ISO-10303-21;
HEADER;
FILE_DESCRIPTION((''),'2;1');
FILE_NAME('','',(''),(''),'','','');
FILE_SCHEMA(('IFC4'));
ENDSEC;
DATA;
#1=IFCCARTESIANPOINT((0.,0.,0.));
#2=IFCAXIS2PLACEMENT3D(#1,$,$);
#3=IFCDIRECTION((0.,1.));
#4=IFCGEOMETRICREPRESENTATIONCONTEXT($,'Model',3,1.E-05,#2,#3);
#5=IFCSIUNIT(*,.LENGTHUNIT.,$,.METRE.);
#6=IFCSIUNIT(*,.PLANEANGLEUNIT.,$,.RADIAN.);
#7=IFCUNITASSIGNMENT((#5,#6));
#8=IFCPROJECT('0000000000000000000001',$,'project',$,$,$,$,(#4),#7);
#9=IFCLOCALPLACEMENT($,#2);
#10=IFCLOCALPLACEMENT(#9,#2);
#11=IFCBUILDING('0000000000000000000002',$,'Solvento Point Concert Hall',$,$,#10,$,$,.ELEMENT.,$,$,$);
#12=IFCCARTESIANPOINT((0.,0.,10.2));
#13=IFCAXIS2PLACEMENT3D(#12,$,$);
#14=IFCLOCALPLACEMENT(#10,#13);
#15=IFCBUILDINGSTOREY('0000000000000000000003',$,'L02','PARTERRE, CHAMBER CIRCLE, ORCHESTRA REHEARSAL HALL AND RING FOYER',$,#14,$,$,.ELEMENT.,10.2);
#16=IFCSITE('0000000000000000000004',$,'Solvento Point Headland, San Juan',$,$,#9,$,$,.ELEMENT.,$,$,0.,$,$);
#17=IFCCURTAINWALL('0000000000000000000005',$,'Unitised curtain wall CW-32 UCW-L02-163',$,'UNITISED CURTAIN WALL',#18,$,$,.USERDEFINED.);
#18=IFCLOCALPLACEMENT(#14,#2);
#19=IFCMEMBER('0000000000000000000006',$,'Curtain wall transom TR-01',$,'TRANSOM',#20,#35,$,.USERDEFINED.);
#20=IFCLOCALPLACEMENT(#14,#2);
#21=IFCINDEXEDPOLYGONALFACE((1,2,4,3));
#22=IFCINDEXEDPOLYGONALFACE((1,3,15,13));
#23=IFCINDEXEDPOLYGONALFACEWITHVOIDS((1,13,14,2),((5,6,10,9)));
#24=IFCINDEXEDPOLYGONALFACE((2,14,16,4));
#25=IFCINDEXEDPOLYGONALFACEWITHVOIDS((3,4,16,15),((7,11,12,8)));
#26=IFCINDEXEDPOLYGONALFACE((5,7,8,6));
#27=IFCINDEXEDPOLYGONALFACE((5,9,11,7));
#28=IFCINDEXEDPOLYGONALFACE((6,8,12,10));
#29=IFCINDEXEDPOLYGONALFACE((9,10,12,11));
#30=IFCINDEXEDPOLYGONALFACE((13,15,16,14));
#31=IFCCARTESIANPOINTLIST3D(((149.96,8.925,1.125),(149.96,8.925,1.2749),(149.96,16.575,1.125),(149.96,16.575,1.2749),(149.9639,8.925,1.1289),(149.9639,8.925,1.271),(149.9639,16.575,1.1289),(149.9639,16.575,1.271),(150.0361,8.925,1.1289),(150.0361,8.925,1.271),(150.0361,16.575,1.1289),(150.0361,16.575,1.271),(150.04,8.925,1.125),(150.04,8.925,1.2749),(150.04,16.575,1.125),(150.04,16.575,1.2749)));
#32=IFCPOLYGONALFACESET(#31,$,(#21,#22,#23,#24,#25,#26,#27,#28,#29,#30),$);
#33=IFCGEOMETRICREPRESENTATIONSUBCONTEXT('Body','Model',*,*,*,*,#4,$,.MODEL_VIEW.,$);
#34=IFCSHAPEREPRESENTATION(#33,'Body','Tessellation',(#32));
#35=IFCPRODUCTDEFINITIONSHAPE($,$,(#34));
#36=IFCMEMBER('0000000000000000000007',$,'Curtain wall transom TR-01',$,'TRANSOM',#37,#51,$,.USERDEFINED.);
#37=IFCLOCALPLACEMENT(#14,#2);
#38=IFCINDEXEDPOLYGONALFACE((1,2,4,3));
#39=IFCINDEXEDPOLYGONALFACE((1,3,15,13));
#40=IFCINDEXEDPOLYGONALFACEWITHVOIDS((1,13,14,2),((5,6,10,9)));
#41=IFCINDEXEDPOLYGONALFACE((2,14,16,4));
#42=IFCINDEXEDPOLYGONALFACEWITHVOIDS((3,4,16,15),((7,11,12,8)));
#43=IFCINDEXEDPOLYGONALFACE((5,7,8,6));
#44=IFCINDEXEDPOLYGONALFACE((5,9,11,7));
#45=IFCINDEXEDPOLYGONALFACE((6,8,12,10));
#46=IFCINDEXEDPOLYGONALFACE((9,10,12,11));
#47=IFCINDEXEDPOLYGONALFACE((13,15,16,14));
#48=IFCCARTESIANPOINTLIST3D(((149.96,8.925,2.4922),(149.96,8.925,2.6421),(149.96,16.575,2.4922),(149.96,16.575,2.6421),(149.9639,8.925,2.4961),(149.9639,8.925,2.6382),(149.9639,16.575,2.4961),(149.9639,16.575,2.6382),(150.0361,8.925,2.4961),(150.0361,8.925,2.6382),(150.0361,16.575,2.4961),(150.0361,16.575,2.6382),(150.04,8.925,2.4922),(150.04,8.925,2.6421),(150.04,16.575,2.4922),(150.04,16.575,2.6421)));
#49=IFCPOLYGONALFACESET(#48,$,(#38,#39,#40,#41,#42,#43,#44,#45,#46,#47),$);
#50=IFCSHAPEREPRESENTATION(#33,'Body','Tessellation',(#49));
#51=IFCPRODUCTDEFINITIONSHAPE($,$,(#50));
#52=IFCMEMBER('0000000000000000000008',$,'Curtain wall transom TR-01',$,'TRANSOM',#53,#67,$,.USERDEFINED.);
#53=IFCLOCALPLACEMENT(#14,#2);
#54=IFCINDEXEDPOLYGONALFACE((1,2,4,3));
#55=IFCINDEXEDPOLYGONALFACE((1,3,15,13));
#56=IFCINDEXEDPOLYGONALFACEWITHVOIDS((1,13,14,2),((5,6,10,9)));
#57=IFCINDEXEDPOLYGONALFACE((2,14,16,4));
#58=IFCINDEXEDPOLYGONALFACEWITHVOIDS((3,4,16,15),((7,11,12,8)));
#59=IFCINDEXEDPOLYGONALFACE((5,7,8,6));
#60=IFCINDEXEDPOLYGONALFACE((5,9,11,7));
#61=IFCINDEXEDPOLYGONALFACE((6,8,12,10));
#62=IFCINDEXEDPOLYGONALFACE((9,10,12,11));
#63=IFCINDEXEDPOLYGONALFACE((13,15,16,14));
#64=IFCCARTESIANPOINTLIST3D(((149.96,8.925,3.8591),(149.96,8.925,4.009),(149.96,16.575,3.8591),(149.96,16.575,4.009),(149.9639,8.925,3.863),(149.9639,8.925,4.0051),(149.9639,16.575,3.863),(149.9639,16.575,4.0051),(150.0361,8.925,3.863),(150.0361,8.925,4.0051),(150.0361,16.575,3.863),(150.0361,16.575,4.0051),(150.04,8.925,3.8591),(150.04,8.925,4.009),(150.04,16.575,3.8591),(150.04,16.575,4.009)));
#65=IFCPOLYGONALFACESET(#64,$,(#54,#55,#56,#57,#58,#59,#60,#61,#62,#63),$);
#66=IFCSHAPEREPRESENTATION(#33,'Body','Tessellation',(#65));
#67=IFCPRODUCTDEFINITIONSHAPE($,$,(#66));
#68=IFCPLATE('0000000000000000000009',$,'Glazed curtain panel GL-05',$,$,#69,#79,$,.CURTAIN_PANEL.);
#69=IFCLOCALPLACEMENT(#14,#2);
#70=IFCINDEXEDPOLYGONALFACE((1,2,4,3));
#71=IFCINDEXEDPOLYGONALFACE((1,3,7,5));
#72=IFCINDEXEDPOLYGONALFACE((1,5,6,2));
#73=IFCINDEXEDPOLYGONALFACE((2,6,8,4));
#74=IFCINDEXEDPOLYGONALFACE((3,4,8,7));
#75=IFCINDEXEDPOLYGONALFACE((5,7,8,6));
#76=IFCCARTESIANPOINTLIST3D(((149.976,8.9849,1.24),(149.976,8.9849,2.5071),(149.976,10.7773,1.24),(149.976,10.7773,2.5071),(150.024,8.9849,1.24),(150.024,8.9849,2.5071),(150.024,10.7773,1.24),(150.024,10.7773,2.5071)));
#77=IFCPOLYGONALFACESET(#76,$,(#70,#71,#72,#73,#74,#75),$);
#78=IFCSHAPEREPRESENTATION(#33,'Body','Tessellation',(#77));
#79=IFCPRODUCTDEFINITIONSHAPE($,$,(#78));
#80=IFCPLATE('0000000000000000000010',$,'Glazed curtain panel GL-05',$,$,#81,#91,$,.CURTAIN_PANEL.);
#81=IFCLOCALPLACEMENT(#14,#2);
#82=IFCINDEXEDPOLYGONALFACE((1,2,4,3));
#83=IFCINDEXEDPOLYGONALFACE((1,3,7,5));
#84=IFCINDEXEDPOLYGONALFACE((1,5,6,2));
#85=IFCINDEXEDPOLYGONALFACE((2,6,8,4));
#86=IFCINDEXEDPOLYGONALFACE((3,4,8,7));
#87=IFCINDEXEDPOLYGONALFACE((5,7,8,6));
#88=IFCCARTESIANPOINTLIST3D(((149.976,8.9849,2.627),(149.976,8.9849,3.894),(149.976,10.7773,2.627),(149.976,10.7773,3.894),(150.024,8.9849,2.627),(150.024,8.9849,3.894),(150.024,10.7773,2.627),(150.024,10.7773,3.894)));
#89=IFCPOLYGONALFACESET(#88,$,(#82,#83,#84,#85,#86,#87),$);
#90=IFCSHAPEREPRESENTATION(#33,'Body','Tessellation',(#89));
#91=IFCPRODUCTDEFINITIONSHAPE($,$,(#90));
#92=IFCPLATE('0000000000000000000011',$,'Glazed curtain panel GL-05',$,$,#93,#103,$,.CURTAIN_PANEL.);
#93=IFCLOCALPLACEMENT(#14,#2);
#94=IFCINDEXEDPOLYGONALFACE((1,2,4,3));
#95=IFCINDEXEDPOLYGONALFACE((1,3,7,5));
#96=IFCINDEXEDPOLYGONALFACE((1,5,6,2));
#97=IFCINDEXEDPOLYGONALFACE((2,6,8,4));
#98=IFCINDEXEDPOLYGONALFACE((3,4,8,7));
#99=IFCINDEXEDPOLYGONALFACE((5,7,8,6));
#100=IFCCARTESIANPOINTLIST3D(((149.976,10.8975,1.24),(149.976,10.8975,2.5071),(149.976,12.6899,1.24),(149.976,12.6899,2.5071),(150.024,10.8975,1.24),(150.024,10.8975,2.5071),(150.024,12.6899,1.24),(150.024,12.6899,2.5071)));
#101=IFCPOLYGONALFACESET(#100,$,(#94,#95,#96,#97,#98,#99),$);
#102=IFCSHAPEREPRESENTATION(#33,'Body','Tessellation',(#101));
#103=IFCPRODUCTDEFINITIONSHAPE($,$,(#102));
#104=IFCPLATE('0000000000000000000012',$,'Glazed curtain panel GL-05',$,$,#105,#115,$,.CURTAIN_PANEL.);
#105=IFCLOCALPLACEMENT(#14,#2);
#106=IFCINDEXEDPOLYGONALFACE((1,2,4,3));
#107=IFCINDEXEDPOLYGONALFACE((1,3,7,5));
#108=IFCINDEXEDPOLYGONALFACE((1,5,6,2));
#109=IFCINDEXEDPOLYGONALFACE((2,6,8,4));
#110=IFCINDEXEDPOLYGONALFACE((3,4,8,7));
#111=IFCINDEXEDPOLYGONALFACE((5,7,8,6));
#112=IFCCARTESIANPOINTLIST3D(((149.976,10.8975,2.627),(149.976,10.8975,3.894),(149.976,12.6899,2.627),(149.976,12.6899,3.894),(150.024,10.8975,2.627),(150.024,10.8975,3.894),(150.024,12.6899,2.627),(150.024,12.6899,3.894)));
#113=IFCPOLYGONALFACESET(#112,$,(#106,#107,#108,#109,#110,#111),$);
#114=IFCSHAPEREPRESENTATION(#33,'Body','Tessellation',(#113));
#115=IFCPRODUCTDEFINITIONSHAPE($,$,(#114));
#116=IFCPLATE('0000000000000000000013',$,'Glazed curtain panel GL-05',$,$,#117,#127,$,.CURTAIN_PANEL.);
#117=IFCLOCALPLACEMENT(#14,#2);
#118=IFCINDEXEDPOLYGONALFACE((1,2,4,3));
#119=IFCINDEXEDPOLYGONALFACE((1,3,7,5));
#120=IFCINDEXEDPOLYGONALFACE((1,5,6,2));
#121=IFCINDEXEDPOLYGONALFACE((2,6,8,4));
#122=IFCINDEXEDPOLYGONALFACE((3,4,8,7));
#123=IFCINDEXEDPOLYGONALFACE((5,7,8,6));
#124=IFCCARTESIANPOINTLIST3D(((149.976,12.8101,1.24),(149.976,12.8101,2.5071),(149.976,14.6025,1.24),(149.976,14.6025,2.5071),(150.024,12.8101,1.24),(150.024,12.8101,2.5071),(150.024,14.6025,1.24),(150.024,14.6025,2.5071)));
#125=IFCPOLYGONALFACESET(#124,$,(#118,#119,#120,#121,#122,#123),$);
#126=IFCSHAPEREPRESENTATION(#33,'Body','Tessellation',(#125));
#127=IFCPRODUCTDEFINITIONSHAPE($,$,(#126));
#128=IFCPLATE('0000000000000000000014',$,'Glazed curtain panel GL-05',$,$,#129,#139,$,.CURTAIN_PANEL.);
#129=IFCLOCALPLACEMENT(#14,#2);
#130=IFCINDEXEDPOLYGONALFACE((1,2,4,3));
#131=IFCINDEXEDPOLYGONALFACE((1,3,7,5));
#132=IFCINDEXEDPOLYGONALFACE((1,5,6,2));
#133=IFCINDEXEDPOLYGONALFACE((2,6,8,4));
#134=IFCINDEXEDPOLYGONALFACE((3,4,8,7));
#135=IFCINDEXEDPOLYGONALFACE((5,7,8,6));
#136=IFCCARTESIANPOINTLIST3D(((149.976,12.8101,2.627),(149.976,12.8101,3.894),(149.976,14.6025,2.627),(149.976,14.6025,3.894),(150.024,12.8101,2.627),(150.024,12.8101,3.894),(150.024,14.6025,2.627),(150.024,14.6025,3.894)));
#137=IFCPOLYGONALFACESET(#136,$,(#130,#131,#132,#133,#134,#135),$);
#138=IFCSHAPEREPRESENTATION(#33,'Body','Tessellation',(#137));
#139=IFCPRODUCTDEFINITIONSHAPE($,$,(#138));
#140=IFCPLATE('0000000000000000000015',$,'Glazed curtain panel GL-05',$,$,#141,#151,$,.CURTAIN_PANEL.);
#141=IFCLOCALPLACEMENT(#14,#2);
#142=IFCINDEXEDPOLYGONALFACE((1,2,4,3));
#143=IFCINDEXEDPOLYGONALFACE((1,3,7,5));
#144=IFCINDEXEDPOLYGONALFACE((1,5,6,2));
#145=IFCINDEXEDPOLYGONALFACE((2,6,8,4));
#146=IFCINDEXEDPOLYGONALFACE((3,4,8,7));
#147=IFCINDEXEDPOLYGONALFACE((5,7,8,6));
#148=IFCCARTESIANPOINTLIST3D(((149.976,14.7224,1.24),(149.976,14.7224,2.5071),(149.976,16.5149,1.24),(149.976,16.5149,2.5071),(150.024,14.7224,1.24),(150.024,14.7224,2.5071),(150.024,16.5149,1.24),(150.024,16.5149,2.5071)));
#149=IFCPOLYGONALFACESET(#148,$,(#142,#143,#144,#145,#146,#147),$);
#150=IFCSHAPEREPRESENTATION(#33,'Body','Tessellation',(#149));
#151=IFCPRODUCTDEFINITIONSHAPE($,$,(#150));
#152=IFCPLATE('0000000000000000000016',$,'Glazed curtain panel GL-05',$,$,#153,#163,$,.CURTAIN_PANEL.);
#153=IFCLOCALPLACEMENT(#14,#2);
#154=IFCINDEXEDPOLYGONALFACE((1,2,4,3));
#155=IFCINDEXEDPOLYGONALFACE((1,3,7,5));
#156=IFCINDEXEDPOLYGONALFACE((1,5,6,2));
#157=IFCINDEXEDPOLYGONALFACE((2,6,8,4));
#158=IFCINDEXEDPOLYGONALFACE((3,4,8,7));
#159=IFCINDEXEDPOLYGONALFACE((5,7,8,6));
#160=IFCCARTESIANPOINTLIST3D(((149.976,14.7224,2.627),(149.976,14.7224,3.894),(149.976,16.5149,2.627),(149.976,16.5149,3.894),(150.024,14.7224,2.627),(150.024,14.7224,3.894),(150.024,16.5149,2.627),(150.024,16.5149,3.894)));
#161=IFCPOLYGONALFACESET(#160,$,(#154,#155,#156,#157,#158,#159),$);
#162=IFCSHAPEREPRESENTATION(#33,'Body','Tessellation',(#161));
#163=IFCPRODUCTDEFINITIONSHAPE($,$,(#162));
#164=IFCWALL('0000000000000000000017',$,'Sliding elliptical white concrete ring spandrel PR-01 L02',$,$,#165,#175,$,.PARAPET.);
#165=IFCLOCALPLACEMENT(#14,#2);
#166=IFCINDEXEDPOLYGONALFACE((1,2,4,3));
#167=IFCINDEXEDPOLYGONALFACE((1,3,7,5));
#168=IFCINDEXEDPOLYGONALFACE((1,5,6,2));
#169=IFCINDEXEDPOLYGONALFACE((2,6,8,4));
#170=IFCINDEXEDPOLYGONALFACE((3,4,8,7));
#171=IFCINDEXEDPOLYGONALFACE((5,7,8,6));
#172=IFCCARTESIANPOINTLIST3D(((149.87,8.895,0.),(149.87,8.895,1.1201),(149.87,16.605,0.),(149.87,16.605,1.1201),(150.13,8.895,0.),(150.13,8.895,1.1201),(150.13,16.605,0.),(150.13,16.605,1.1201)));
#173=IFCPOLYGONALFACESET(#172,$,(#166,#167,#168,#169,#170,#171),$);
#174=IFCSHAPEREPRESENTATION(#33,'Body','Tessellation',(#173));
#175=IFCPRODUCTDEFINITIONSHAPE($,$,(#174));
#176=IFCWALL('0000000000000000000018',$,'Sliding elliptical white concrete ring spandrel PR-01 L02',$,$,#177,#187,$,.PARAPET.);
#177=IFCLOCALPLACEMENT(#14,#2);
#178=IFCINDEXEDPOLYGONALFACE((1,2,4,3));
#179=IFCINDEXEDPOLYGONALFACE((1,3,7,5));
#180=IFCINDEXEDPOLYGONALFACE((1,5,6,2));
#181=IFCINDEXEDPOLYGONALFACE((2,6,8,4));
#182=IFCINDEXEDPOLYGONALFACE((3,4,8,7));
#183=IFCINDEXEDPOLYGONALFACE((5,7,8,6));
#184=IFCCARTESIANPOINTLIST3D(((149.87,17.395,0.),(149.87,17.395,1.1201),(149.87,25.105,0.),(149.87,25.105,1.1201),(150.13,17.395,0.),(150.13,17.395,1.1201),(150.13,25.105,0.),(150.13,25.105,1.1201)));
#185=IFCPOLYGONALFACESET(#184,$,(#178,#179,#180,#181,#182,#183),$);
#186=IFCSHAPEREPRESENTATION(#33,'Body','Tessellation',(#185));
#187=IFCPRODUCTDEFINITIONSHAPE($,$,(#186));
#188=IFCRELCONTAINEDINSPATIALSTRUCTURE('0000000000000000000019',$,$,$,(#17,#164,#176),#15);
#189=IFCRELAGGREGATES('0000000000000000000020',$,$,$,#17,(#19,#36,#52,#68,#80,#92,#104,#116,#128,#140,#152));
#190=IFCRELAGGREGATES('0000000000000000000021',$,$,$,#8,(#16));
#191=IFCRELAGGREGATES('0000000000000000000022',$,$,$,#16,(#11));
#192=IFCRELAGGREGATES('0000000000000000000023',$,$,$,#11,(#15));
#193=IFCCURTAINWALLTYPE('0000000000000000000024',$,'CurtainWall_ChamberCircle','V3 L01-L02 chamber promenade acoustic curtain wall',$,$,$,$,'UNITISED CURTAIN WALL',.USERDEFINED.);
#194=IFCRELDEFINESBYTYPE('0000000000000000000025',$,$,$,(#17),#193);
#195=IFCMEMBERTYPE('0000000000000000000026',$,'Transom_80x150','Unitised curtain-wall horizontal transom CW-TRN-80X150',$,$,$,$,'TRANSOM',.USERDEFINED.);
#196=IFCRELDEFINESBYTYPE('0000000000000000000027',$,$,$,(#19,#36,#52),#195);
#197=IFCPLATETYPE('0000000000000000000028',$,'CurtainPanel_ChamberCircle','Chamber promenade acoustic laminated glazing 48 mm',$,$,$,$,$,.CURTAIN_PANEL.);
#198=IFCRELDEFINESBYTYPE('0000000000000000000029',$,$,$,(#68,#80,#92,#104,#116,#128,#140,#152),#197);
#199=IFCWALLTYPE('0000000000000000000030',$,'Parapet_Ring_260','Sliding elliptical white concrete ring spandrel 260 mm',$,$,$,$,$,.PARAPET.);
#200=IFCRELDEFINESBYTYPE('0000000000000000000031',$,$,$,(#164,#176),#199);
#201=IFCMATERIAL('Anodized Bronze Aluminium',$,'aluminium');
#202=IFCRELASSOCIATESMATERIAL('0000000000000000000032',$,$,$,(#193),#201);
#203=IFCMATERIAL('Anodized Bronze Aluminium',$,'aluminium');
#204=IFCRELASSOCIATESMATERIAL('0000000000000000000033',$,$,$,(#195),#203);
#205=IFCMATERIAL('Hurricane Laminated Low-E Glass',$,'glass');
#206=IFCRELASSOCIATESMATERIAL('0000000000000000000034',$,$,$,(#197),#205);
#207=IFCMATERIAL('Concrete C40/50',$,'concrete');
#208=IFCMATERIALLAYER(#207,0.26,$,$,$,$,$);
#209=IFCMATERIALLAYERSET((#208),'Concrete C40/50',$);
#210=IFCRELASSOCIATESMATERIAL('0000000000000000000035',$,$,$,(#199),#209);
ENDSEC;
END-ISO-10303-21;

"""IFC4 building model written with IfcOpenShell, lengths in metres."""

from ifc_helpers import new_model, si_unit, direction, frame, frame_2d, origin, origin_2d, place, context, subcontext, project, spatial, rectangle, hollow_rectangle, extrude, material, layer, layer_set, material_profile, profile_set, type_object, element, aggregate, save


model = new_model("IFC4")

# Units and contexts
model_context = context("Model", 3, precision=1e-05, world=origin(), true_north=direction((0.0, 1.0)))
body_context = subcontext(model_context, "Body", "Model", "MODEL_VIEW")
ifc_project = project(units=[si_unit("LENGTHUNIT", "METRE"), si_unit("PLANEANGLEUNIT", "RADIAN")], contexts=[model_context])

# Site, building, storey
site_placement = place(None, origin())
site = spatial("IfcSite", under=ifc_project, at=site_placement, Name="Solvento Point Headland, San Juan", CompositionType="ELEMENT", RefElevation=0.0)
building_placement = place(site_placement, origin())
building = spatial("IfcBuilding", under=site, at=building_placement, Name="Solvento Point Concert Hall", CompositionType="ELEMENT")
storey_placement = place(building_placement, frame((0.0, 0.0, 10.2)))
storey = spatial("IfcBuildingStorey", under=building, at=storey_placement, Name="L02", Description="PARTERRE, CHAMBER CIRCLE, ORCHESTRA REHEARSAL HALL AND RING FOYER", CompositionType="ELEMENT", Elevation=10.2)

# Curtain wall, members, plates
ifc_material_1 = material(Name="Anodized Bronze Aluminium", Category="aluminium")
curtain_wall_type = type_object("IfcCurtainWallType", Name="CurtainWall_ChamberCircle", Description="V3 L01-L02 chamber promenade acoustic curtain wall", ElementType="UNITISED CURTAIN WALL", PredefinedType="USERDEFINED", material=ifc_material_1)
curtain_wall_placement = place(storey_placement, origin())
curtain_wall = element("IfcCurtainWall", 1, at=curtain_wall_placement, inside=storey, type_object=curtain_wall_type, Name="Unitised curtain wall CW-32 UCW-L02-163", ObjectType="UNITISED CURTAIN WALL", PredefinedType="USERDEFINED")
ifc_material_2 = material(Name="Anodized Bronze Aluminium", Category="aluminium")
ifc_material_profile_1 = material_profile(ifc_material_2, hollow_rectangle(XDim=0.0801, YDim=0.1499, WallThickness=0.0039, at=origin_2d()), Name="CW-TRN-80X150")
ifc_profile_set_1 = profile_set([ifc_material_profile_1], Name="Anodized Bronze Aluminium")
member_type_1 = type_object("IfcMemberType", Name="Transom_80x150", Description="Unitised curtain-wall horizontal transom CW-TRN-80X150", ElementType="TRANSOM", PredefinedType="USERDEFINED", material=ifc_profile_set_1)
member_1_placement = place(storey_placement, frame((150.0, 8.925, 1.2), z_axis=(0.0, 1.0, 0.0), x_axis=(-1.0, 0.0, 0.0)))
member_1 = element("IfcMember", 2, at=member_1_placement, type_object=member_type_1, Name="Curtain wall transom TR-01", ObjectType="TRANSOM", PredefinedType="USERDEFINED", context=body_context, shape_type="SweptSolid", body=[
    extrude(hollow_rectangle(XDim=0.0801, YDim=0.1499, WallThickness=0.0039, at=origin_2d()), origin(), (0.0, 0.0, 1.0), 7.6499),
])
member_2_placement = place(storey_placement, frame((150.0, 8.925, 2.5671), z_axis=(0.0, 1.0, 0.0), x_axis=(-1.0, 0.0, 0.0)))
member_2 = element("IfcMember", 3, at=member_2_placement, type_object=member_type_1, Name="Curtain wall transom TR-01", ObjectType="TRANSOM", PredefinedType="USERDEFINED", context=body_context, shape_type="SweptSolid", body=[
    extrude(hollow_rectangle(XDim=0.0801, YDim=0.1499, WallThickness=0.0039, at=origin_2d()), origin(), (0.0, 0.0, 1.0), 7.6499),
])
member_3_placement = place(storey_placement, frame((150.0, 8.925, 3.9341), z_axis=(0.0, 1.0, 0.0), x_axis=(-1.0, 0.0, 0.0)))
member_3 = element("IfcMember", 4, at=member_3_placement, type_object=member_type_1, Name="Curtain wall transom TR-01", ObjectType="TRANSOM", PredefinedType="USERDEFINED", context=body_context, shape_type="SweptSolid", body=[
    extrude(hollow_rectangle(XDim=0.0801, YDim=0.1499, WallThickness=0.0039, at=origin_2d()), origin(), (0.0, 0.0, 1.0), 7.6499),
])
ifc_material_3 = material(Name="Hurricane Laminated Low-E Glass", Category="glass")
plate_type = type_object("IfcPlateType", Name="CurtainPanel_ChamberCircle", Description="Chamber promenade acoustic laminated glazing 48 mm", PredefinedType="CURTAIN_PANEL", material=ifc_material_3)
plate_1_placement = place(storey_placement, frame((150.0, 9.8811, 1.24), z_axis=(0.0, 0.0, 1.0), x_axis=(0.0, 1.0, 0.0)))
plate_1 = element("IfcPlate", 5, at=plate_1_placement, type_object=plate_type, Name="Glazed curtain panel GL-05", PredefinedType="CURTAIN_PANEL", context=body_context, shape_type="SweptSolid", body=[
    extrude(rectangle(XDim=1.7925, YDim=0.0481, at=origin_2d()), origin(), (0.0, 0.0, 1.0), 1.2671),
])
plate_2_placement = place(storey_placement, frame((150.0, 9.8811, 2.627), z_axis=(0.0, 0.0, 1.0), x_axis=(0.0, 1.0, 0.0)))
plate_2 = element("IfcPlate", 6, at=plate_2_placement, type_object=plate_type, Name="Glazed curtain panel GL-05", PredefinedType="CURTAIN_PANEL", context=body_context, shape_type="SweptSolid", body=[
    extrude(rectangle(XDim=1.7925, YDim=0.0481, at=origin_2d()), origin(), (0.0, 0.0, 1.0), 1.2671),
])
plate_3_placement = place(storey_placement, frame((150.0, 11.7937, 1.24), z_axis=(0.0, 0.0, 1.0), x_axis=(0.0, 1.0, 0.0)))
plate_3 = element("IfcPlate", 7, at=plate_3_placement, type_object=plate_type, Name="Glazed curtain panel GL-05", PredefinedType="CURTAIN_PANEL", context=body_context, shape_type="SweptSolid", body=[
    extrude(rectangle(XDim=1.7925, YDim=0.0481, at=origin_2d()), origin(), (0.0, 0.0, 1.0), 1.2671),
])
plate_4_placement = place(storey_placement, frame((150.0, 11.7937, 2.627), z_axis=(0.0, 0.0, 1.0), x_axis=(0.0, 1.0, 0.0)))
plate_4 = element("IfcPlate", 8, at=plate_4_placement, type_object=plate_type, Name="Glazed curtain panel GL-05", PredefinedType="CURTAIN_PANEL", context=body_context, shape_type="SweptSolid", body=[
    extrude(rectangle(XDim=1.7925, YDim=0.0481, at=origin_2d()), origin(), (0.0, 0.0, 1.0), 1.2671),
])
plate_5_placement = place(storey_placement, frame((150.0, 13.7063, 1.24), z_axis=(0.0, 0.0, 1.0), x_axis=(0.0, 1.0, 0.0)))
plate_5 = element("IfcPlate", 9, at=plate_5_placement, type_object=plate_type, Name="Glazed curtain panel GL-05", PredefinedType="CURTAIN_PANEL", context=body_context, shape_type="SweptSolid", body=[
    extrude(rectangle(XDim=1.7925, YDim=0.0481, at=origin_2d()), origin(), (0.0, 0.0, 1.0), 1.2671),
])
plate_6_placement = place(storey_placement, frame((150.0, 13.7063, 2.627), z_axis=(0.0, 0.0, 1.0), x_axis=(0.0, 1.0, 0.0)))
plate_6 = element("IfcPlate", 10, at=plate_6_placement, type_object=plate_type, Name="Glazed curtain panel GL-05", PredefinedType="CURTAIN_PANEL", context=body_context, shape_type="SweptSolid", body=[
    extrude(rectangle(XDim=1.7925, YDim=0.0481, at=origin_2d()), origin(), (0.0, 0.0, 1.0), 1.2671),
])
plate_7_placement = place(storey_placement, frame((150.0, 15.6187, 1.24), z_axis=(0.0, 0.0, 1.0), x_axis=(0.0, 1.0, 0.0)))
plate_7 = element("IfcPlate", 11, at=plate_7_placement, type_object=plate_type, Name="Glazed curtain panel GL-05", PredefinedType="CURTAIN_PANEL", context=body_context, shape_type="SweptSolid", body=[
    extrude(rectangle(XDim=1.7925, YDim=0.0481, at=origin_2d()), origin(), (0.0, 0.0, 1.0), 1.2671),
])
plate_8_placement = place(storey_placement, frame((150.0, 15.6187, 2.627), z_axis=(0.0, 0.0, 1.0), x_axis=(0.0, 1.0, 0.0)))
plate_8 = element("IfcPlate", 12, at=plate_8_placement, type_object=plate_type, Name="Glazed curtain panel GL-05", PredefinedType="CURTAIN_PANEL", context=body_context, shape_type="SweptSolid", body=[
    extrude(rectangle(XDim=1.7925, YDim=0.0481, at=origin_2d()), origin(), (0.0, 0.0, 1.0), 1.2671),
])
aggregate(curtain_wall, [member_1, member_2, member_3, plate_1, plate_2, plate_3, plate_4, plate_5, plate_6, plate_7, plate_8])

# Walls
ifc_material_4 = material(Name="Concrete C40/50", Category="concrete")
ifc_layer = layer(ifc_material_4, 0.26)
ifc_layer_set = layer_set([ifc_layer], Name="Concrete C40/50")
wall_type = type_object("IfcWallType", Name="Parapet_Ring_260", Description="Sliding elliptical white concrete ring spandrel 260 mm", PredefinedType="PARAPET", material=ifc_layer_set)
for number, where, z_axis, x_axis, name in (
    (13, (150.0, 8.895, 0.0), (0.0, 0.0, 1.0), (0.0, 1.0, 0.0), "Sliding elliptical white concrete ring spandrel PR-01 L02"),
    (14, (150.0, 17.395, 0.0), (0.0, 0.0, 1.0), (0.0, 1.0, 0.0), "Sliding elliptical white concrete ring spandrel PR-01 L02"),
):
    element("IfcWall", number, at=place(storey_placement, frame(where, z_axis=z_axis, x_axis=x_axis)), inside=storey, type_object=wall_type, Name=name, PredefinedType="PARAPET", context=body_context, shape_type="SweptSolid", body=[
        extrude(rectangle(XDim=7.71, YDim=0.26, at=frame_2d((3.855, 0.0))), origin(), (0.0, 0.0, 1.0), 1.1201),
    ])

save(model, "model.ifc")
